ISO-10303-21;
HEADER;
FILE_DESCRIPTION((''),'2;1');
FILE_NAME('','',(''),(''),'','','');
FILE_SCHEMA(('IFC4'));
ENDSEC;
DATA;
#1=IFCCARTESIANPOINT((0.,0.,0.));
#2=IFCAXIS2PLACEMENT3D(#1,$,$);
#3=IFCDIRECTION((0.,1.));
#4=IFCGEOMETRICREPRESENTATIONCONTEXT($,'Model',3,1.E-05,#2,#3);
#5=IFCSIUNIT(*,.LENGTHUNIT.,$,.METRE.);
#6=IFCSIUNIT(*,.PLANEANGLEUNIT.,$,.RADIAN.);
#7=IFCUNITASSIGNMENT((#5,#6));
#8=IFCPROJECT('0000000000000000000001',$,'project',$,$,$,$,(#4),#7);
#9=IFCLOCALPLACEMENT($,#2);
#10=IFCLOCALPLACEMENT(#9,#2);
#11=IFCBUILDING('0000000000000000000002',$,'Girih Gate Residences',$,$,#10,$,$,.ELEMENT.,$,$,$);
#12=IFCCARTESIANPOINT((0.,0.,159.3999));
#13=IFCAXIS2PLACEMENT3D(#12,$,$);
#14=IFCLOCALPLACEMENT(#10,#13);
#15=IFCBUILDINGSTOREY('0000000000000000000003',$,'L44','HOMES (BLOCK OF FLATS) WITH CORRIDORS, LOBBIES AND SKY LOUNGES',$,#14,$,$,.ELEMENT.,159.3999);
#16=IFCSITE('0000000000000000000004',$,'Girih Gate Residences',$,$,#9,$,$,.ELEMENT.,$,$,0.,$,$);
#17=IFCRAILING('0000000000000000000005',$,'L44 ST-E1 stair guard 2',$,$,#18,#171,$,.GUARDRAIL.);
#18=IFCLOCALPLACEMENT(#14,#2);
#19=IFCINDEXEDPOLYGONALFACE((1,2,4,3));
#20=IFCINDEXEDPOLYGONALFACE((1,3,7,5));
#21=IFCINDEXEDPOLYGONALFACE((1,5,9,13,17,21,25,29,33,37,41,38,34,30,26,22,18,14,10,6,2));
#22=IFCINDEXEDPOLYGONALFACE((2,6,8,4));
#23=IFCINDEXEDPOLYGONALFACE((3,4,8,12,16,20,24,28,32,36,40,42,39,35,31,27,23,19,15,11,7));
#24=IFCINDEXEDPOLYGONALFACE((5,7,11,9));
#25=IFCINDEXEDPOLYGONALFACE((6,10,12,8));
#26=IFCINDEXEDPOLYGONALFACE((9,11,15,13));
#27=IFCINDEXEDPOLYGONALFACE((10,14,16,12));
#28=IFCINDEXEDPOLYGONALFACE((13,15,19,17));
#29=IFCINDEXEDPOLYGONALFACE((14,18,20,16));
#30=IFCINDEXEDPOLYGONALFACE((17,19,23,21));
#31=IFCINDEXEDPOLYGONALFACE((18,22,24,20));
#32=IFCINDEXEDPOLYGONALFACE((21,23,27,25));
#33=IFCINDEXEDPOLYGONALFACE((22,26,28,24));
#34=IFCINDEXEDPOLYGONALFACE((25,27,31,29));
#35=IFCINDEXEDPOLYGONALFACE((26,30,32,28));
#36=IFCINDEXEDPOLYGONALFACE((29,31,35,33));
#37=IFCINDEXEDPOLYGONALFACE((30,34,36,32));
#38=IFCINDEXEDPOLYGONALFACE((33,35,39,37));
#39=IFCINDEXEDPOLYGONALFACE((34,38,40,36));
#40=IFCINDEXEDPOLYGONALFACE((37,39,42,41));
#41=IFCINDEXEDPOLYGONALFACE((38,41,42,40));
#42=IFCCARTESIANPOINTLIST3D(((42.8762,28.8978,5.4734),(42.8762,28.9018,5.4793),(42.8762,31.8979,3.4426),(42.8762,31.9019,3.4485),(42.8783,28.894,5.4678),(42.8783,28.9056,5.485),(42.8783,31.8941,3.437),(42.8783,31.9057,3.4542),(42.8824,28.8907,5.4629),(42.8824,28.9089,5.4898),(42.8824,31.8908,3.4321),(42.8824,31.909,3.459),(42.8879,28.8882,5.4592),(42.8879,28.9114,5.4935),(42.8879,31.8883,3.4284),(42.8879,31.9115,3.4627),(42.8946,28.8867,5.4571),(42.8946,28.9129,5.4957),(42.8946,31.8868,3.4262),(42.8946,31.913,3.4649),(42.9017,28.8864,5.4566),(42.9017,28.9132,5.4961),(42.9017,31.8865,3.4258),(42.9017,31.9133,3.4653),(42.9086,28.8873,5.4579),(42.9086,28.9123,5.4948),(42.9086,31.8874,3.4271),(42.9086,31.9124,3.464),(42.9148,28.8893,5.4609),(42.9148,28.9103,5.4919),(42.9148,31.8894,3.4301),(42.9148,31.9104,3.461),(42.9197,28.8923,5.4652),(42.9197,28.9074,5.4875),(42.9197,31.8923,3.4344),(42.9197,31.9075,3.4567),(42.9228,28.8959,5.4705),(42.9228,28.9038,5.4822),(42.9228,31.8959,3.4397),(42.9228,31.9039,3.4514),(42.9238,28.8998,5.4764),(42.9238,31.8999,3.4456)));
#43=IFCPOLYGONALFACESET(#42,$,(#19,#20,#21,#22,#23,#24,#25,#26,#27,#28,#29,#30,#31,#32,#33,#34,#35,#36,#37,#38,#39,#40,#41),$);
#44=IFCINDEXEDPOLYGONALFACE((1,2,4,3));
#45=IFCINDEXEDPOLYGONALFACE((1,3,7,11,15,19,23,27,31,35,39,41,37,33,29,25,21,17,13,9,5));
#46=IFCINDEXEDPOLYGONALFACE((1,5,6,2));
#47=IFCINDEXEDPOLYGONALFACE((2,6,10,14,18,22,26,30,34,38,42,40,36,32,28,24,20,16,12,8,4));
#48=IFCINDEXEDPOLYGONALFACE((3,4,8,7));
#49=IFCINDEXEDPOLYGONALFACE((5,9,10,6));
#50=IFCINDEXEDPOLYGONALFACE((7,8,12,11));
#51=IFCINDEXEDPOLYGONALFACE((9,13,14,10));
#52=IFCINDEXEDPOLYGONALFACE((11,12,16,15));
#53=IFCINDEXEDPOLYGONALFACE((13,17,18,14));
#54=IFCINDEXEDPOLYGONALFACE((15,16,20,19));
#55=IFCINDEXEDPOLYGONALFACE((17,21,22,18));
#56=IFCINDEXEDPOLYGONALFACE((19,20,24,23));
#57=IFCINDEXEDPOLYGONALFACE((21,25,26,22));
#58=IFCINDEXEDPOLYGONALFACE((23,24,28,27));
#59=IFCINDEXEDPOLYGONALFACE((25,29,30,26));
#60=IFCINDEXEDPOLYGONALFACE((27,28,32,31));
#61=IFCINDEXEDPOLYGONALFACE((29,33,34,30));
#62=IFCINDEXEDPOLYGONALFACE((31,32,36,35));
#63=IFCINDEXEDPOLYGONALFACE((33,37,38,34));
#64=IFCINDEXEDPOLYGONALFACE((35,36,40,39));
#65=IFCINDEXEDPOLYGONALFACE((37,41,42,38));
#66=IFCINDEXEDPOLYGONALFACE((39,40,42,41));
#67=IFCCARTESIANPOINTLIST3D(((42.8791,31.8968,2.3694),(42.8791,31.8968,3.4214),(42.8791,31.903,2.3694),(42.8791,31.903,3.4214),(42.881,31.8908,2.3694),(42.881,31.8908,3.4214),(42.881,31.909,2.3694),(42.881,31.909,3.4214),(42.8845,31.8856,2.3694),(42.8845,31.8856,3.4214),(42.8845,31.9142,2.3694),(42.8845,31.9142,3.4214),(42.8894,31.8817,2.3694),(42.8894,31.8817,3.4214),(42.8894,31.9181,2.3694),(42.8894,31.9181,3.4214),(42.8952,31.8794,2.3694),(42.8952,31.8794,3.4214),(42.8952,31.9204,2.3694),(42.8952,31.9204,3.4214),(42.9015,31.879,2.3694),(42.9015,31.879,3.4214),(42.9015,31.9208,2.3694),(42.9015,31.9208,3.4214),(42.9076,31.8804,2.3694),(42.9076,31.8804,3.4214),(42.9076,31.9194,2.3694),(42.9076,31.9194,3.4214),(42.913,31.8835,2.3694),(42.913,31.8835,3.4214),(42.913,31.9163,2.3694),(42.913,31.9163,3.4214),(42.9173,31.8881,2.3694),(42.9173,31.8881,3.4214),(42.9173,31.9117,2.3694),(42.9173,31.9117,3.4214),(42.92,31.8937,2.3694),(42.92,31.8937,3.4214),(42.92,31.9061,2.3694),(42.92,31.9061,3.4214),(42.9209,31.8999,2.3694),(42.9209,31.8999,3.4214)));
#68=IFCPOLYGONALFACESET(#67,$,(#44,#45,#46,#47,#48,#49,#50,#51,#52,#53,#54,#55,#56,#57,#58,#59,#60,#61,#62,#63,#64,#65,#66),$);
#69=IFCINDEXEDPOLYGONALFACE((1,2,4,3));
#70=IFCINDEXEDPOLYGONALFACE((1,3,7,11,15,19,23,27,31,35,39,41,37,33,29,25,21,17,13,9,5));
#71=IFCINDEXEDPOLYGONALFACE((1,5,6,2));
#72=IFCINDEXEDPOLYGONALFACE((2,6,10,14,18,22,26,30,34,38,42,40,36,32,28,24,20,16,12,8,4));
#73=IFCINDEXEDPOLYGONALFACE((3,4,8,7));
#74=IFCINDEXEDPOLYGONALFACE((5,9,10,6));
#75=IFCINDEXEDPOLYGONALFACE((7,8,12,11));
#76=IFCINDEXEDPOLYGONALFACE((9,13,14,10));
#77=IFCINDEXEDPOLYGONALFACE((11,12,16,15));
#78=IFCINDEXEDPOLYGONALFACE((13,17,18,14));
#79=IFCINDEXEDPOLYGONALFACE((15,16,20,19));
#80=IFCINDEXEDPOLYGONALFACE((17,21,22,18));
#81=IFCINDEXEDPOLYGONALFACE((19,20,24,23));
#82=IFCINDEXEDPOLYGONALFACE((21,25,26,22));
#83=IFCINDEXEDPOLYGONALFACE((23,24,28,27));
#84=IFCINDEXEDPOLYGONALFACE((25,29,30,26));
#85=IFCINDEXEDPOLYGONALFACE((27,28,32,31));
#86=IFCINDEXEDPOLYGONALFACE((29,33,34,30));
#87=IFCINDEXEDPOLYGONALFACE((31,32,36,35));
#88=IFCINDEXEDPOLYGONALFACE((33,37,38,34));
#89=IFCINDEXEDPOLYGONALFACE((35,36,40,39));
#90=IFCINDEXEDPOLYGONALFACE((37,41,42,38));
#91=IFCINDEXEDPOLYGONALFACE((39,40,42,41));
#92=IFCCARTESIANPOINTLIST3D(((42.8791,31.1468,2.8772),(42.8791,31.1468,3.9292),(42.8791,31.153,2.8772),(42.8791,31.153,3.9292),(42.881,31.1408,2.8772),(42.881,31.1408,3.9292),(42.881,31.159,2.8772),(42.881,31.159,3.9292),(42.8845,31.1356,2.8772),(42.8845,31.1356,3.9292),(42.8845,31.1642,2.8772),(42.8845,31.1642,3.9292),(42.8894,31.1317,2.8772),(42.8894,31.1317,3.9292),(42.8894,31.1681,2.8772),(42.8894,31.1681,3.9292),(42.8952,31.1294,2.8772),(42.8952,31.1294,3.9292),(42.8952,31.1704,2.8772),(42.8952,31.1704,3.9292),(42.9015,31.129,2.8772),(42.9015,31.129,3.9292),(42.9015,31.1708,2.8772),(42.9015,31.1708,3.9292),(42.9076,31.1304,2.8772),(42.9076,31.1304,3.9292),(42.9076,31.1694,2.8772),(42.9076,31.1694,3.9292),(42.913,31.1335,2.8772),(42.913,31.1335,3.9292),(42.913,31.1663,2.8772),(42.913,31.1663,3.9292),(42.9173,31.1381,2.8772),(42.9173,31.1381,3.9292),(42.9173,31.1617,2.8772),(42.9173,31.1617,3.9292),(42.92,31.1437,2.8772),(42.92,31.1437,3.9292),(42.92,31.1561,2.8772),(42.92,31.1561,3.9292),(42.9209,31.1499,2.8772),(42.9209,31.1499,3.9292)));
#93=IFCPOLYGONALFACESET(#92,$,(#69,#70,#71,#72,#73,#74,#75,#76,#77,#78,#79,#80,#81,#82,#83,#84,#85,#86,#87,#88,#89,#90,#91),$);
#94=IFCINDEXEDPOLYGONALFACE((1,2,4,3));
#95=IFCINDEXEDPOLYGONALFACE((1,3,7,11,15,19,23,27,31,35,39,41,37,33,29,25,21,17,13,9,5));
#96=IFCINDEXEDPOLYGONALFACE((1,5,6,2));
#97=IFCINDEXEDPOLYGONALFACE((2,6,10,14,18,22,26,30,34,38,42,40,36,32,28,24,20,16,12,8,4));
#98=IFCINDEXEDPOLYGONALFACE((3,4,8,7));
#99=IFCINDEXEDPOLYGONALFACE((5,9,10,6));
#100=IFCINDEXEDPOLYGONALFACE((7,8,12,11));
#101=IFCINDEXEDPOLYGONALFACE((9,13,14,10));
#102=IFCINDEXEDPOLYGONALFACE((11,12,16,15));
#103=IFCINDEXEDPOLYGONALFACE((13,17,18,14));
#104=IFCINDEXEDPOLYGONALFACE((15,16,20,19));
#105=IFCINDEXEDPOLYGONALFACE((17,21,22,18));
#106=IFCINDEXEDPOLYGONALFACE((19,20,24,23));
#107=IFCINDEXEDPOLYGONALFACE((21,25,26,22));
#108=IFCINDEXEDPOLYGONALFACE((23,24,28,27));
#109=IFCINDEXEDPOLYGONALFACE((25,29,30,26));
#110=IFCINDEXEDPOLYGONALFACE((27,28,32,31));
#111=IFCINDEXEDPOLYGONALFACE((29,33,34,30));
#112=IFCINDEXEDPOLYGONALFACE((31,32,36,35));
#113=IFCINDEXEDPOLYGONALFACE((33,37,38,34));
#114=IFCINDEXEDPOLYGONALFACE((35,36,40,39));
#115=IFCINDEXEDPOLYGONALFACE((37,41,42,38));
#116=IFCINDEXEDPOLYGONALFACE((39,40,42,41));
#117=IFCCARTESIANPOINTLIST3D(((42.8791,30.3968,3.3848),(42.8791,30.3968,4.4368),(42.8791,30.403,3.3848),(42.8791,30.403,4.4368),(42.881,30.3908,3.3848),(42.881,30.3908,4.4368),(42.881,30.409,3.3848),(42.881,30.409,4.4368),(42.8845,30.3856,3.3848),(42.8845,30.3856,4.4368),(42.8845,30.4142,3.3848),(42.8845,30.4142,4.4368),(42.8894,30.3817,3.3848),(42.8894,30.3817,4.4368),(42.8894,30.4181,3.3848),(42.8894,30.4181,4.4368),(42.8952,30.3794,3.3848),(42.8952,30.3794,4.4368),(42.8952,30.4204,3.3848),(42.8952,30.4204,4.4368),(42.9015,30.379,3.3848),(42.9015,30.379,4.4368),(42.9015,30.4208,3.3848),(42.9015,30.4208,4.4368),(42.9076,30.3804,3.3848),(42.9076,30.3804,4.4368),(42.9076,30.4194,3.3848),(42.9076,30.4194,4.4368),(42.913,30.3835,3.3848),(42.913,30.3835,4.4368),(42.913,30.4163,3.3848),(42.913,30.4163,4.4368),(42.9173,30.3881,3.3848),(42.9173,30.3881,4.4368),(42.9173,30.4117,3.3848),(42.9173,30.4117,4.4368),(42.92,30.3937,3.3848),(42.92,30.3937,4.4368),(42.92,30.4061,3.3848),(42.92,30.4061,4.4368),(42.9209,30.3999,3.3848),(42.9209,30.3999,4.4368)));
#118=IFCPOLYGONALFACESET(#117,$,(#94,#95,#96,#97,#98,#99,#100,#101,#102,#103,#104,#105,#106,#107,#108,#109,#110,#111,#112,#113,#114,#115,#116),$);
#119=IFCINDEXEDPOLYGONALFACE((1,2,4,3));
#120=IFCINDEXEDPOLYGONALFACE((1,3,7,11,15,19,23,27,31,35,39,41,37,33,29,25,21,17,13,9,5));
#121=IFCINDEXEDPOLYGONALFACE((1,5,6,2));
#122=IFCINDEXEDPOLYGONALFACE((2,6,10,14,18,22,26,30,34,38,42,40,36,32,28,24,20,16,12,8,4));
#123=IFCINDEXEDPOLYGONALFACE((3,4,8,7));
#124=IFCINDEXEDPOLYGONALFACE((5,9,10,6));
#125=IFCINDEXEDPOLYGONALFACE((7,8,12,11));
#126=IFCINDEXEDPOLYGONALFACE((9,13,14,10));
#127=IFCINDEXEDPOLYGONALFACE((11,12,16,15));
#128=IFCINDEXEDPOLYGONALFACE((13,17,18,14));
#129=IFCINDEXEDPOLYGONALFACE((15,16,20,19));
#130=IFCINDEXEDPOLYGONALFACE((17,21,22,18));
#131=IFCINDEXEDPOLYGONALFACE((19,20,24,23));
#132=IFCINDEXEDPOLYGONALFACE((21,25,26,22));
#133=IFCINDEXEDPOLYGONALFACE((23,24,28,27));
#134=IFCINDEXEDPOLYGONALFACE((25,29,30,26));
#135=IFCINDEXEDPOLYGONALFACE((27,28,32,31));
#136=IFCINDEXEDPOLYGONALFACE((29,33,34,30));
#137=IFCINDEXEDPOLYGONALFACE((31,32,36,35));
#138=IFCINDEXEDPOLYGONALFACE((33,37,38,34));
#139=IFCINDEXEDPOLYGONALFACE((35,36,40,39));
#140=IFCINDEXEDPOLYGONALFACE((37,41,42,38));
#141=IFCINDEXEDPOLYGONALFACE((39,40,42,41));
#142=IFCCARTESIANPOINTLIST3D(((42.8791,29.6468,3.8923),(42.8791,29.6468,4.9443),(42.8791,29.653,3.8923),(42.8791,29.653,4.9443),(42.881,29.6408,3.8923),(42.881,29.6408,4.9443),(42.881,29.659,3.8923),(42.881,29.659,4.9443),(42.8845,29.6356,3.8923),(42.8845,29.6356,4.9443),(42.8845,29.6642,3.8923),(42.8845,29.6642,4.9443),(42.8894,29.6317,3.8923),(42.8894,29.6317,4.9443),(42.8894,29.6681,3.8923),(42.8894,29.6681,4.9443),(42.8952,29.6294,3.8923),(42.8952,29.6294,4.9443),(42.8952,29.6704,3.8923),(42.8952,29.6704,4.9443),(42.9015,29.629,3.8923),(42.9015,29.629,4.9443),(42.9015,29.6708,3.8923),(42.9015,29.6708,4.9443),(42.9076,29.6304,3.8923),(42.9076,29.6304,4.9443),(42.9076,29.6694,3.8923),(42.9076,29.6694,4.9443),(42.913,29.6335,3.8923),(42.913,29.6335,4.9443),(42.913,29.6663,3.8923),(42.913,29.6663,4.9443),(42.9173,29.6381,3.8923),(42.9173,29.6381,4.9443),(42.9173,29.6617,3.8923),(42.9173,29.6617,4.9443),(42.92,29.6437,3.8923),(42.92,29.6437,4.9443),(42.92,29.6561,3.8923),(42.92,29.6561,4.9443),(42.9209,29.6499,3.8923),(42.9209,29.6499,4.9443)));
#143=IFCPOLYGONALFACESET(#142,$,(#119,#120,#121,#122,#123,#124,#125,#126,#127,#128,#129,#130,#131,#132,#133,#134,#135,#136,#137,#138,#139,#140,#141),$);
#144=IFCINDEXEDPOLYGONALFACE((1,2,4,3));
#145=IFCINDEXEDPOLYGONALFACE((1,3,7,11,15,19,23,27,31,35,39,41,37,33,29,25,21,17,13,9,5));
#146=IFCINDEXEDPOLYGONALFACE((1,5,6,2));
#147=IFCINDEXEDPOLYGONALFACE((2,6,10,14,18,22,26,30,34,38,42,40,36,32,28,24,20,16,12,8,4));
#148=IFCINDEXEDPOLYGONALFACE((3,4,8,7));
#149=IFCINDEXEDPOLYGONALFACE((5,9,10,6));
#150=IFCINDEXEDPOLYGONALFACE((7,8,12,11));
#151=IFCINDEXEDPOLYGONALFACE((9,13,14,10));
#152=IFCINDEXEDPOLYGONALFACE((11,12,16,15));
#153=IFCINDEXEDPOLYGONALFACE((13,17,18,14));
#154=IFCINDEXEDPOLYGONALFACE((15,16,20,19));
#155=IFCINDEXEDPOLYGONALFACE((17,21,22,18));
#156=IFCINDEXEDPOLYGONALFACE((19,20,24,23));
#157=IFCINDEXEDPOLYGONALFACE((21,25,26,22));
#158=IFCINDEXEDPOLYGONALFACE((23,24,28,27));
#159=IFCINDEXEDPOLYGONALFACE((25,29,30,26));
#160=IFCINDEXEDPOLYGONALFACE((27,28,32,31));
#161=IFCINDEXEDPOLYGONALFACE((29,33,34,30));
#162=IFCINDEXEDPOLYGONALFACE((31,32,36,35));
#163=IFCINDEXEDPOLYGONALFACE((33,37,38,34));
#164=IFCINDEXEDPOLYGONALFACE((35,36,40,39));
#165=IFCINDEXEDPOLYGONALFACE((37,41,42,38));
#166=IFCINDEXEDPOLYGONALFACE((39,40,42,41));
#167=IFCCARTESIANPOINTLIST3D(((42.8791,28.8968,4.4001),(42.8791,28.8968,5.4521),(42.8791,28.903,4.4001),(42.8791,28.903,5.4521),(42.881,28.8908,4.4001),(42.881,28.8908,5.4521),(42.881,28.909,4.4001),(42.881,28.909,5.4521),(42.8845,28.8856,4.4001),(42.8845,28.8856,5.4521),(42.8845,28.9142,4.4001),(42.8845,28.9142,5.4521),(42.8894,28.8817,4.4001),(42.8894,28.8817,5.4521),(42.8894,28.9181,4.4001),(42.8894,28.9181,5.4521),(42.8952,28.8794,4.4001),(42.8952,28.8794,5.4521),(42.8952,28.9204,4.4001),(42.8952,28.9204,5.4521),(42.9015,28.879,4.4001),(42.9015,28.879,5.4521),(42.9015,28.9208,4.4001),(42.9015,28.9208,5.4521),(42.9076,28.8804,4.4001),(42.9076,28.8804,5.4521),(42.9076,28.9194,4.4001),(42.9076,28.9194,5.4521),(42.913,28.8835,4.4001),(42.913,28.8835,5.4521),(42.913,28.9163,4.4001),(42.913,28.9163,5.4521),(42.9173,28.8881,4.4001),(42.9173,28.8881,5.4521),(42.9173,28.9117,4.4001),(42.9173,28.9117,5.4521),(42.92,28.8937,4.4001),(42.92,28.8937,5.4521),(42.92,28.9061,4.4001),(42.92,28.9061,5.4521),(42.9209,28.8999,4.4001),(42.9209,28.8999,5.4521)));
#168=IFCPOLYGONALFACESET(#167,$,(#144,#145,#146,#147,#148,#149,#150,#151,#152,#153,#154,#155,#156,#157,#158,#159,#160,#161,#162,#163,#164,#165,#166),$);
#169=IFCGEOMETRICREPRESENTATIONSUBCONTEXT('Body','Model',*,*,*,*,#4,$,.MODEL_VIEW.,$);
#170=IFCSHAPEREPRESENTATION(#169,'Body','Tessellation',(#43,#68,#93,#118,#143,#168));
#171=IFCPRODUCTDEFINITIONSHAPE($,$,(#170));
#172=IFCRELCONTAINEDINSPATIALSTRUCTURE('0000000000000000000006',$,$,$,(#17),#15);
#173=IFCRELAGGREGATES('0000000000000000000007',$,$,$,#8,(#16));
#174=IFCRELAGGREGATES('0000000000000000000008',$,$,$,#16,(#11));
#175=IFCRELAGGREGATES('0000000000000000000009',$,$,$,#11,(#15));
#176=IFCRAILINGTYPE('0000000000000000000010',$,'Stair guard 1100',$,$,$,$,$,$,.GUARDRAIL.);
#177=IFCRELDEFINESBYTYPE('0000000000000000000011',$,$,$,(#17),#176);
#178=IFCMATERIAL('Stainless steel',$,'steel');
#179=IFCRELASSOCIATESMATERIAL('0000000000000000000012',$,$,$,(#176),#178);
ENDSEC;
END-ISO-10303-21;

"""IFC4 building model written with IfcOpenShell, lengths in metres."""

from ifc_helpers import new_model, si_unit, direction, frame, origin, origin_2d, place, context, subcontext, project, spatial, circle, extrude, material, type_object, element, save


model = new_model("IFC4")

# Units and contexts
model_context = context("Model", 3, precision=1e-05, world=origin(), true_north=direction((0.0, 1.0)))
body_context = subcontext(model_context, "Body", "Model", "MODEL_VIEW")
ifc_project = project(units=[si_unit("LENGTHUNIT", "METRE"), si_unit("PLANEANGLEUNIT", "RADIAN")], contexts=[model_context])

# Site, building, storey
site_placement = place(None, origin())
site = spatial("IfcSite", under=ifc_project, at=site_placement, Name="Girih Gate Residences", CompositionType="ELEMENT", RefElevation=0.0)
building_placement = place(site_placement, origin())
building = spatial("IfcBuilding", under=site, at=building_placement, Name="Girih Gate Residences", CompositionType="ELEMENT")
storey_placement = place(building_placement, frame((0.0, 0.0, 159.3999)))
storey = spatial("IfcBuildingStorey", under=building, at=storey_placement, Name="L44", Description="HOMES (BLOCK OF FLATS) WITH CORRIDORS, LOBBIES AND SKY LOUNGES", CompositionType="ELEMENT", Elevation=159.3999)

# Railing
ifc_material_1 = material(Name="Stainless steel", Category="steel")
railing_type_1 = type_object("IfcRailingType", Name="Stair guard 1100", PredefinedType="GUARDRAIL", material=ifc_material_1)
railing_1_placement = place(storey_placement, frame((42.8999, 31.8999, 2.3694)))
element("IfcRailing", 1, at=railing_1_placement, inside=storey, type_object=railing_type_1, Name="L44 ST-E1 stair guard 2", PredefinedType="GUARDRAIL", context=body_context, shape_type="SweptSolid", body=[
    extrude(circle(Radius=0.0239, at=origin_2d()), frame((0.0, 0.0, 1.0762), z_axis=(0.0, -0.82811, 0.560565), x_axis=(1.0, 0.0, 0.0)), (0.0, 0.0, 1.0), 3.6228),
    extrude(circle(Radius=0.021, at=origin_2d()), origin(), (0.0, 0.0, 1.0), 1.052),
    extrude(circle(Radius=0.021, at=origin_2d()), frame((0.0, -0.75, 0.5078)), (0.0, 0.0, 1.0), 1.052),
    extrude(circle(Radius=0.021, at=origin_2d()), frame((0.0, -1.5, 1.0154)), (0.0, 0.0, 1.0), 1.052),
    extrude(circle(Radius=0.021, at=origin_2d()), frame((0.0, -2.25, 1.5229)), (0.0, 0.0, 1.0), 1.052),
    extrude(circle(Radius=0.021, at=origin_2d()), frame((0.0, -3.0, 2.0308)), (0.0, 0.0, 1.0), 1.052),
])

save(model, "model.ifc")
